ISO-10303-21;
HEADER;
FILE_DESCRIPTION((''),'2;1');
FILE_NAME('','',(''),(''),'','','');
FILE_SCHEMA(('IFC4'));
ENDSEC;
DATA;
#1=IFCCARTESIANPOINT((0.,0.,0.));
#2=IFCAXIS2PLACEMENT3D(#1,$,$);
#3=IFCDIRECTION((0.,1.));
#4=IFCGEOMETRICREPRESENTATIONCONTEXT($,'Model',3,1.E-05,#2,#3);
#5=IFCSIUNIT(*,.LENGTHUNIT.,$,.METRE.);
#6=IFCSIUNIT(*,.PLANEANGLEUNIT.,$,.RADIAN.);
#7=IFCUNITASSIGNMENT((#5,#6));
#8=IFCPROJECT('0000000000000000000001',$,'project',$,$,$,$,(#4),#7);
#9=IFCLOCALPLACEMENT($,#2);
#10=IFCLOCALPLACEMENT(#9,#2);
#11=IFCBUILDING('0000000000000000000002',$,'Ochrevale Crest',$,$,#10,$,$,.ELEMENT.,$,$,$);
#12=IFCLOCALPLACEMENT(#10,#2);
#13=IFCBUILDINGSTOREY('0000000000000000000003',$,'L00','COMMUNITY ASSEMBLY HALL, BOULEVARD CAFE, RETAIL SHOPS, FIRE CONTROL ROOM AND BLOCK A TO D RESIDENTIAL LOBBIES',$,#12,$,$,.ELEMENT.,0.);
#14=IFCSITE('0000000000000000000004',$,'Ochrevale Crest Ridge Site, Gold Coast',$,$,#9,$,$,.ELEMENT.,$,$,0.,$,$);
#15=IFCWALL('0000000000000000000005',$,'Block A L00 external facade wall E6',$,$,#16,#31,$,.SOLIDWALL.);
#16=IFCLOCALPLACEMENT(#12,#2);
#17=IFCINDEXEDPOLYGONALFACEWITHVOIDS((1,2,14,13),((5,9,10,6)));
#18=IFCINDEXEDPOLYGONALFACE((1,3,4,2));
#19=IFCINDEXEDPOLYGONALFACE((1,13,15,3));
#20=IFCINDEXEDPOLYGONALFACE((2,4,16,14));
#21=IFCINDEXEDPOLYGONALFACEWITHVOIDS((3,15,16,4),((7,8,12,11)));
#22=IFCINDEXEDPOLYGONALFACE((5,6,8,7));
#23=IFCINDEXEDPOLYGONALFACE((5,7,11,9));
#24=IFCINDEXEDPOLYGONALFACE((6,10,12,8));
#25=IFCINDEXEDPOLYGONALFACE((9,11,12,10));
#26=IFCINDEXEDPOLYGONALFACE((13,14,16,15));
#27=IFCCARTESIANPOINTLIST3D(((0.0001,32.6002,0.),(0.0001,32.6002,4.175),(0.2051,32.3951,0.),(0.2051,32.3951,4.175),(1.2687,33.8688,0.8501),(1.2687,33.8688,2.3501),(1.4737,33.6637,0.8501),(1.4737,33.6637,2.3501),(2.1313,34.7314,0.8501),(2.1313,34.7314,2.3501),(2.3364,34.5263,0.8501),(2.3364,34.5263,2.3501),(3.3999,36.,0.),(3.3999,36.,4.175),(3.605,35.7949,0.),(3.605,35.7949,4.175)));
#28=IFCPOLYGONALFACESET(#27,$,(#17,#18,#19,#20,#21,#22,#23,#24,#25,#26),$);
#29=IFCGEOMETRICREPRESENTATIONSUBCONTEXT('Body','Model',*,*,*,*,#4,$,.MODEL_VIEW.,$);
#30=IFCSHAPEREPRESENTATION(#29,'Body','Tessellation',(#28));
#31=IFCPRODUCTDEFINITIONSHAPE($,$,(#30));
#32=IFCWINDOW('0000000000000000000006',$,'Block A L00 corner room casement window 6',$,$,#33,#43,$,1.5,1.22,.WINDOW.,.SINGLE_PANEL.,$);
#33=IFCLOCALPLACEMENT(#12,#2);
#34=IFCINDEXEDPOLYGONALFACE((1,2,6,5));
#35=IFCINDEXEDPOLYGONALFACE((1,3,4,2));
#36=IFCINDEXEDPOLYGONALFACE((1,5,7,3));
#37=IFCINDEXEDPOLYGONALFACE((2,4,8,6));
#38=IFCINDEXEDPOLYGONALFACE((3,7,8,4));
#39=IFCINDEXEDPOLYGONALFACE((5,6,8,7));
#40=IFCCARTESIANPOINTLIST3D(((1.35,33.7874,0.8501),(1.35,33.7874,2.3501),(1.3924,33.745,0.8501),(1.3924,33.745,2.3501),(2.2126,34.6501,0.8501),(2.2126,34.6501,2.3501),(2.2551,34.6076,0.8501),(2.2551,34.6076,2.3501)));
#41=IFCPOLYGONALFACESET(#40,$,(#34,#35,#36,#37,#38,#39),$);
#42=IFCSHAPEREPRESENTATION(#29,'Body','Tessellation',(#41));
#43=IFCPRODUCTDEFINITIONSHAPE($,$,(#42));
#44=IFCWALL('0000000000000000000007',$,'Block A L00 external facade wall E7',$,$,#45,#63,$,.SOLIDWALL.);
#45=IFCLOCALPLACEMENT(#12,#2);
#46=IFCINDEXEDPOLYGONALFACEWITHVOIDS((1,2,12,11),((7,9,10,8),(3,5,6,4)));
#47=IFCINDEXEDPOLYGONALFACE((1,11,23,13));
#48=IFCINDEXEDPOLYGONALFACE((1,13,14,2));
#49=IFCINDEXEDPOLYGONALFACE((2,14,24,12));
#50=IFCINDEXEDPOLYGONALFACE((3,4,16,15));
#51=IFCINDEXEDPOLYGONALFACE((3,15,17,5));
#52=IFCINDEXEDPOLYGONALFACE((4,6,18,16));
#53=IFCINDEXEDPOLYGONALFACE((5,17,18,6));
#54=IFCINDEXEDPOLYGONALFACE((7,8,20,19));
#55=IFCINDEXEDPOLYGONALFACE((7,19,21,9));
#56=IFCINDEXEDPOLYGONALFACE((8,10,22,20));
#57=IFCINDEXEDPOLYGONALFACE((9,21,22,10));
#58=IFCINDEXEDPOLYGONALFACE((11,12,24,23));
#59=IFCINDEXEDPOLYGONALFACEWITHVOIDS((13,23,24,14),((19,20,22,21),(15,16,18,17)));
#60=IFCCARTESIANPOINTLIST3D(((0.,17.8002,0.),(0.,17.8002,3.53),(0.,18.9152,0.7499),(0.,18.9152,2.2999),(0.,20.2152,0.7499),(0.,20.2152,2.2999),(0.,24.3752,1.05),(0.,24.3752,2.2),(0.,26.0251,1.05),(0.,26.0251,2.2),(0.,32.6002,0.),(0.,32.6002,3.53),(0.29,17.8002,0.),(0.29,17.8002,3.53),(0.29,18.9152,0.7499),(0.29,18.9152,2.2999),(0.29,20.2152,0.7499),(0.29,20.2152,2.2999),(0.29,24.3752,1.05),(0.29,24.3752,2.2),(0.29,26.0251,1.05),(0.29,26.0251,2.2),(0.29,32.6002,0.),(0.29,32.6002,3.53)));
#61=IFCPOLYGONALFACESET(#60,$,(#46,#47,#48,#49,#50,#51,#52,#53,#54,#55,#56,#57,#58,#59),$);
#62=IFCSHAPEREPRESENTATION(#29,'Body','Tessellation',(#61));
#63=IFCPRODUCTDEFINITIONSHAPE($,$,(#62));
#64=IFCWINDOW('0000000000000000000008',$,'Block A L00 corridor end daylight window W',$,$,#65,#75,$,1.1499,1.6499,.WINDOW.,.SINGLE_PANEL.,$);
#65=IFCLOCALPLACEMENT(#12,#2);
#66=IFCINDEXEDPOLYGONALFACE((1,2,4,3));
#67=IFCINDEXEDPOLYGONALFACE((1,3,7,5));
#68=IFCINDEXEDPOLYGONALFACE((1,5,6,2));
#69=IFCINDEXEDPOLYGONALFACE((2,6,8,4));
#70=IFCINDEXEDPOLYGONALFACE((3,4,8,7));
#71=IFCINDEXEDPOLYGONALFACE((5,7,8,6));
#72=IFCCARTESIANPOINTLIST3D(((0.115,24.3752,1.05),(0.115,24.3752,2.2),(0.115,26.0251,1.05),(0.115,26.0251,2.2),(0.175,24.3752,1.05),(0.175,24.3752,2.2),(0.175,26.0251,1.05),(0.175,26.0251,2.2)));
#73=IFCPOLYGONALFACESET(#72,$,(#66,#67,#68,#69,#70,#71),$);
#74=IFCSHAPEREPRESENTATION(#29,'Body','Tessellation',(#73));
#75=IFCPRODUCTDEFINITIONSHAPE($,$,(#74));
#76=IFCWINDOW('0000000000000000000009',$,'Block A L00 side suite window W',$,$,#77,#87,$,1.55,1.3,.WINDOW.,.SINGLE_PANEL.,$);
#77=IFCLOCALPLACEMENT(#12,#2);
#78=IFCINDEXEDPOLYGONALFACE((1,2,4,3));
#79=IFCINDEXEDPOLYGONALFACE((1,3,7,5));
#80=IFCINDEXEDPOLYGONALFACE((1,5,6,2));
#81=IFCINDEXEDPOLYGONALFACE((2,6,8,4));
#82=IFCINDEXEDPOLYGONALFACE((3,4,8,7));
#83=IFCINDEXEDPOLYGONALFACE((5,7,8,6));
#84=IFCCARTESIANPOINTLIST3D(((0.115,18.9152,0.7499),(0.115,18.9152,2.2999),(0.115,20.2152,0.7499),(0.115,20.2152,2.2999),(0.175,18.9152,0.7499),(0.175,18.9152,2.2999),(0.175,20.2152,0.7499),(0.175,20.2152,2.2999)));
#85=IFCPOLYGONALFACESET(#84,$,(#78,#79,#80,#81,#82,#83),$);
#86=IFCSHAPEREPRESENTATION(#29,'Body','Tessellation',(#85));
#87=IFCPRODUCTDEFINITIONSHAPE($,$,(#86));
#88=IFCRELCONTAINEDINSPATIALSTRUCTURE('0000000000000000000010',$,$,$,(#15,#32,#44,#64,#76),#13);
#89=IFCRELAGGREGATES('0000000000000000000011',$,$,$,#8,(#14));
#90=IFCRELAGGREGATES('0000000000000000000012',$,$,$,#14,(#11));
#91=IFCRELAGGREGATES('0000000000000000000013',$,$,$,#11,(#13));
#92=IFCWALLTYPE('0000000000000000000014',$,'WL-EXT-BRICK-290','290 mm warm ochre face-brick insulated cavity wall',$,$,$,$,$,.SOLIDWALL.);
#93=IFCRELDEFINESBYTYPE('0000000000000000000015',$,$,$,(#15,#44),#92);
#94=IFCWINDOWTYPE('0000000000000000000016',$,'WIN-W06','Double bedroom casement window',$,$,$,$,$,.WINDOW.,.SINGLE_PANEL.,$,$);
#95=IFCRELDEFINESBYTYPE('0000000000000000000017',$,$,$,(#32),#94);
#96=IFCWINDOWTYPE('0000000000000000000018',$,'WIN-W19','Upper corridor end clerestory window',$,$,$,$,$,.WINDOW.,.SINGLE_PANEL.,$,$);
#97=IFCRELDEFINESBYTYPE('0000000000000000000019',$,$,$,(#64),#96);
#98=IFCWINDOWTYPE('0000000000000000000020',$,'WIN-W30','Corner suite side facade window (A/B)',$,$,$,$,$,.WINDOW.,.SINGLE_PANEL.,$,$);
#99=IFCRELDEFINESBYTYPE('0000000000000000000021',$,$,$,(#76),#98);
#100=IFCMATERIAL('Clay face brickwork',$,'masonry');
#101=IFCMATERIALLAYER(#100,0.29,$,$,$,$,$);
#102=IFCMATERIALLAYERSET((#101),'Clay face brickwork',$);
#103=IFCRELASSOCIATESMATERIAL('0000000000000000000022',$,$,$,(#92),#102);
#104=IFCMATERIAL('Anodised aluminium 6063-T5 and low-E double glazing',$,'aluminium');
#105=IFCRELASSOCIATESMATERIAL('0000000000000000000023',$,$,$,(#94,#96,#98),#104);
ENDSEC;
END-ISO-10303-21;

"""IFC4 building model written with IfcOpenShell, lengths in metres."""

from ifc_helpers import new_model, si_unit, direction, frame, frame_2d, origin, place, context, subcontext, project, spatial, rectangle, extrude, material, layer, layer_set, type_object, element, fill, save


model = new_model("IFC4")

# Units and contexts
model_context = context("Model", 3, precision=1e-05, world=origin(), true_north=direction((0.0, 1.0)))
body_context = subcontext(model_context, "Body", "Model", "MODEL_VIEW")
ifc_project = project(units=[si_unit("LENGTHUNIT", "METRE"), si_unit("PLANEANGLEUNIT", "RADIAN")], contexts=[model_context])

# Site, building, storey
site_placement = place(None, origin())
site = spatial("IfcSite", under=ifc_project, at=site_placement, Name="Ochrevale Crest Ridge Site, Gold Coast", CompositionType="ELEMENT", RefElevation=0.0)
building_placement = place(site_placement, origin())
building = spatial("IfcBuilding", under=site, at=building_placement, Name="Ochrevale Crest", CompositionType="ELEMENT")
storey_placement = place(building_placement, origin())
storey = spatial("IfcBuildingStorey", under=building, at=storey_placement, Name="L00", Description="COMMUNITY ASSEMBLY HALL, BOULEVARD CAFE, RETAIL SHOPS, FIRE CONTROL ROOM AND BLOCK A TO D RESIDENTIAL LOBBIES", CompositionType="ELEMENT", Elevation=0.0)

# Wall, opening, window
ifc_material_1 = material(Name="Clay face brickwork", Category="masonry")
ifc_layer_1 = layer(ifc_material_1, 0.29)
ifc_layer_set_1 = layer_set([ifc_layer_1], Name="Clay face brickwork")
wall_type_1 = type_object("IfcWallType", Name="WL-EXT-BRICK-290", Description="290 mm warm ochre face-brick insulated cavity wall", PredefinedType="SOLIDWALL", material=ifc_layer_set_1)
wall_1_placement = place(storey_placement, frame((3.5024, 35.8975, 0.0), z_axis=(0.0, 0.0, 1.0), x_axis=(-0.707107, -0.707107, 0.0)))
wall_1 = element("IfcWall", 1, at=wall_1_placement, inside=storey, type_object=wall_type_1, Name="Block A L00 external facade wall E6", PredefinedType="SOLIDWALL", context=body_context, shape_type="SweptSolid", body=[
    extrude(rectangle(XDim=4.8081, YDim=0.29, at=frame_2d((2.4041, 0.0))), origin(), (0.0, 0.0, 1.0), 4.175),
])
opening_1_placement = place(wall_1_placement, frame((1.7942, 0.0, 0.8501)))
opening_1 = element("IfcOpeningElement", 2, at=opening_1_placement, cuts=wall_1, PredefinedType="OPENING", context=body_context, shape_type="SweptSolid", body=[
    extrude(rectangle(XDim=1.22, YDim=1.5, at=frame_2d((0.6099, 0.75))), frame((0.0, 0.155, 0.0), z_axis=(0.0, -1.0, 0.0), x_axis=(1.0, 0.0, 0.0)), (0.0, 0.0, 1.0), 0.3101),
])
ifc_material_2 = material(Name="Anodised aluminium 6063-T5 and low-E double glazing", Category="aluminium")
window_type_1 = type_object("IfcWindowType", Name="WIN-W06", Description="Double bedroom casement window", PartitioningType="SINGLE_PANEL", PredefinedType="WINDOW", material=ifc_material_2)
window_1_placement = place(opening_1_placement, origin())
window_1 = element("IfcWindow", 3, at=window_1_placement, inside=storey, type_object=window_type_1, Name="Block A L00 corner room casement window 6", OverallHeight=1.5, OverallWidth=1.22, PartitioningType="SINGLE_PANEL", PredefinedType="WINDOW", context=body_context, shape_type="SweptSolid", body=[
    extrude(rectangle(XDim=1.22, YDim=1.5, at=frame_2d((0.6099, 0.75))), frame((0.0, 0.03, 0.0), z_axis=(0.0, -1.0, 0.0), x_axis=(1.0, 0.0, 0.0)), (0.0, 0.0, 1.0), 0.0601),
])
fill(opening_1, window_1)

# Wall, openings, windows
wall_2_placement = place(storey_placement, frame((0.145, 32.6001, 0.0), z_axis=(0.0, 0.0, 1.0), x_axis=(0.0, -1.0, 0.0)))
wall_2 = element("IfcWall", 4, at=wall_2_placement, inside=storey, type_object=wall_type_1, Name="Block A L00 external facade wall E7", PredefinedType="SOLIDWALL", context=body_context, shape_type="SweptSolid", body=[
    extrude(rectangle(XDim=14.8, YDim=0.29, at=frame_2d((7.3999, 0.0))), origin(), (0.0, 0.0, 1.0), 3.53),
])
opening_2_placement = place(wall_2_placement, frame((6.575, 0.0, 1.05)))
opening_2 = element("IfcOpeningElement", 5, at=opening_2_placement, cuts=wall_2, PredefinedType="OPENING", context=body_context, shape_type="SweptSolid", body=[
    extrude(rectangle(XDim=1.6499, YDim=1.1499, at=frame_2d((0.825, 0.575))), frame((0.0, 0.155, 0.0), z_axis=(0.0, -1.0, 0.0), x_axis=(1.0, 0.0, 0.0)), (0.0, 0.0, 1.0), 0.3101),
])
opening_3_placement = place(wall_2_placement, frame((12.385, 0.0, 0.75)))
opening_3 = element("IfcOpeningElement", 6, at=opening_3_placement, cuts=wall_2, PredefinedType="OPENING", context=body_context, shape_type="SweptSolid", body=[
    extrude(rectangle(XDim=1.3, YDim=1.55, at=frame_2d((0.6499, 0.7749))), frame((0.0, 0.155, 0.0), z_axis=(0.0, -1.0, 0.0), x_axis=(1.0, 0.0, 0.0)), (0.0, 0.0, 1.0), 0.3101),
])
window_type_2 = type_object("IfcWindowType", Name="WIN-W19", Description="Upper corridor end clerestory window", PartitioningType="SINGLE_PANEL", PredefinedType="WINDOW", material=ifc_material_2)
window_2_placement = place(opening_2_placement, origin())
window_2 = element("IfcWindow", 7, at=window_2_placement, inside=storey, type_object=window_type_2, Name="Block A L00 corridor end daylight window W", OverallHeight=1.1499, OverallWidth=1.6499, PartitioningType="SINGLE_PANEL", PredefinedType="WINDOW", context=body_context, shape_type="SweptSolid", body=[
    extrude(rectangle(XDim=1.6499, YDim=1.1499, at=frame_2d((0.825, 0.575))), frame((0.0, 0.03, 0.0), z_axis=(0.0, -1.0, 0.0), x_axis=(1.0, 0.0, 0.0)), (0.0, 0.0, 1.0), 0.0601),
])
fill(opening_2, window_2)
window_type_3 = type_object("IfcWindowType", Name="WIN-W30", Description="Corner suite side facade window (A/B)", PartitioningType="SINGLE_PANEL", PredefinedType="WINDOW", material=ifc_material_2)
window_3_placement = place(opening_3_placement, origin())
window_3 = element("IfcWindow", 8, at=window_3_placement, inside=storey, type_object=window_type_3, Name="Block A L00 side suite window W", OverallHeight=1.55, OverallWidth=1.3, PartitioningType="SINGLE_PANEL", PredefinedType="WINDOW", context=body_context, shape_type="SweptSolid", body=[
    extrude(rectangle(XDim=1.3, YDim=1.55, at=frame_2d((0.6499, 0.7749))), frame((0.0, 0.03, 0.0), z_axis=(0.0, -1.0, 0.0), x_axis=(1.0, 0.0, 0.0)), (0.0, 0.0, 1.0), 0.0601),
])
fill(opening_3, window_3)

save(model, "model.ifc")
